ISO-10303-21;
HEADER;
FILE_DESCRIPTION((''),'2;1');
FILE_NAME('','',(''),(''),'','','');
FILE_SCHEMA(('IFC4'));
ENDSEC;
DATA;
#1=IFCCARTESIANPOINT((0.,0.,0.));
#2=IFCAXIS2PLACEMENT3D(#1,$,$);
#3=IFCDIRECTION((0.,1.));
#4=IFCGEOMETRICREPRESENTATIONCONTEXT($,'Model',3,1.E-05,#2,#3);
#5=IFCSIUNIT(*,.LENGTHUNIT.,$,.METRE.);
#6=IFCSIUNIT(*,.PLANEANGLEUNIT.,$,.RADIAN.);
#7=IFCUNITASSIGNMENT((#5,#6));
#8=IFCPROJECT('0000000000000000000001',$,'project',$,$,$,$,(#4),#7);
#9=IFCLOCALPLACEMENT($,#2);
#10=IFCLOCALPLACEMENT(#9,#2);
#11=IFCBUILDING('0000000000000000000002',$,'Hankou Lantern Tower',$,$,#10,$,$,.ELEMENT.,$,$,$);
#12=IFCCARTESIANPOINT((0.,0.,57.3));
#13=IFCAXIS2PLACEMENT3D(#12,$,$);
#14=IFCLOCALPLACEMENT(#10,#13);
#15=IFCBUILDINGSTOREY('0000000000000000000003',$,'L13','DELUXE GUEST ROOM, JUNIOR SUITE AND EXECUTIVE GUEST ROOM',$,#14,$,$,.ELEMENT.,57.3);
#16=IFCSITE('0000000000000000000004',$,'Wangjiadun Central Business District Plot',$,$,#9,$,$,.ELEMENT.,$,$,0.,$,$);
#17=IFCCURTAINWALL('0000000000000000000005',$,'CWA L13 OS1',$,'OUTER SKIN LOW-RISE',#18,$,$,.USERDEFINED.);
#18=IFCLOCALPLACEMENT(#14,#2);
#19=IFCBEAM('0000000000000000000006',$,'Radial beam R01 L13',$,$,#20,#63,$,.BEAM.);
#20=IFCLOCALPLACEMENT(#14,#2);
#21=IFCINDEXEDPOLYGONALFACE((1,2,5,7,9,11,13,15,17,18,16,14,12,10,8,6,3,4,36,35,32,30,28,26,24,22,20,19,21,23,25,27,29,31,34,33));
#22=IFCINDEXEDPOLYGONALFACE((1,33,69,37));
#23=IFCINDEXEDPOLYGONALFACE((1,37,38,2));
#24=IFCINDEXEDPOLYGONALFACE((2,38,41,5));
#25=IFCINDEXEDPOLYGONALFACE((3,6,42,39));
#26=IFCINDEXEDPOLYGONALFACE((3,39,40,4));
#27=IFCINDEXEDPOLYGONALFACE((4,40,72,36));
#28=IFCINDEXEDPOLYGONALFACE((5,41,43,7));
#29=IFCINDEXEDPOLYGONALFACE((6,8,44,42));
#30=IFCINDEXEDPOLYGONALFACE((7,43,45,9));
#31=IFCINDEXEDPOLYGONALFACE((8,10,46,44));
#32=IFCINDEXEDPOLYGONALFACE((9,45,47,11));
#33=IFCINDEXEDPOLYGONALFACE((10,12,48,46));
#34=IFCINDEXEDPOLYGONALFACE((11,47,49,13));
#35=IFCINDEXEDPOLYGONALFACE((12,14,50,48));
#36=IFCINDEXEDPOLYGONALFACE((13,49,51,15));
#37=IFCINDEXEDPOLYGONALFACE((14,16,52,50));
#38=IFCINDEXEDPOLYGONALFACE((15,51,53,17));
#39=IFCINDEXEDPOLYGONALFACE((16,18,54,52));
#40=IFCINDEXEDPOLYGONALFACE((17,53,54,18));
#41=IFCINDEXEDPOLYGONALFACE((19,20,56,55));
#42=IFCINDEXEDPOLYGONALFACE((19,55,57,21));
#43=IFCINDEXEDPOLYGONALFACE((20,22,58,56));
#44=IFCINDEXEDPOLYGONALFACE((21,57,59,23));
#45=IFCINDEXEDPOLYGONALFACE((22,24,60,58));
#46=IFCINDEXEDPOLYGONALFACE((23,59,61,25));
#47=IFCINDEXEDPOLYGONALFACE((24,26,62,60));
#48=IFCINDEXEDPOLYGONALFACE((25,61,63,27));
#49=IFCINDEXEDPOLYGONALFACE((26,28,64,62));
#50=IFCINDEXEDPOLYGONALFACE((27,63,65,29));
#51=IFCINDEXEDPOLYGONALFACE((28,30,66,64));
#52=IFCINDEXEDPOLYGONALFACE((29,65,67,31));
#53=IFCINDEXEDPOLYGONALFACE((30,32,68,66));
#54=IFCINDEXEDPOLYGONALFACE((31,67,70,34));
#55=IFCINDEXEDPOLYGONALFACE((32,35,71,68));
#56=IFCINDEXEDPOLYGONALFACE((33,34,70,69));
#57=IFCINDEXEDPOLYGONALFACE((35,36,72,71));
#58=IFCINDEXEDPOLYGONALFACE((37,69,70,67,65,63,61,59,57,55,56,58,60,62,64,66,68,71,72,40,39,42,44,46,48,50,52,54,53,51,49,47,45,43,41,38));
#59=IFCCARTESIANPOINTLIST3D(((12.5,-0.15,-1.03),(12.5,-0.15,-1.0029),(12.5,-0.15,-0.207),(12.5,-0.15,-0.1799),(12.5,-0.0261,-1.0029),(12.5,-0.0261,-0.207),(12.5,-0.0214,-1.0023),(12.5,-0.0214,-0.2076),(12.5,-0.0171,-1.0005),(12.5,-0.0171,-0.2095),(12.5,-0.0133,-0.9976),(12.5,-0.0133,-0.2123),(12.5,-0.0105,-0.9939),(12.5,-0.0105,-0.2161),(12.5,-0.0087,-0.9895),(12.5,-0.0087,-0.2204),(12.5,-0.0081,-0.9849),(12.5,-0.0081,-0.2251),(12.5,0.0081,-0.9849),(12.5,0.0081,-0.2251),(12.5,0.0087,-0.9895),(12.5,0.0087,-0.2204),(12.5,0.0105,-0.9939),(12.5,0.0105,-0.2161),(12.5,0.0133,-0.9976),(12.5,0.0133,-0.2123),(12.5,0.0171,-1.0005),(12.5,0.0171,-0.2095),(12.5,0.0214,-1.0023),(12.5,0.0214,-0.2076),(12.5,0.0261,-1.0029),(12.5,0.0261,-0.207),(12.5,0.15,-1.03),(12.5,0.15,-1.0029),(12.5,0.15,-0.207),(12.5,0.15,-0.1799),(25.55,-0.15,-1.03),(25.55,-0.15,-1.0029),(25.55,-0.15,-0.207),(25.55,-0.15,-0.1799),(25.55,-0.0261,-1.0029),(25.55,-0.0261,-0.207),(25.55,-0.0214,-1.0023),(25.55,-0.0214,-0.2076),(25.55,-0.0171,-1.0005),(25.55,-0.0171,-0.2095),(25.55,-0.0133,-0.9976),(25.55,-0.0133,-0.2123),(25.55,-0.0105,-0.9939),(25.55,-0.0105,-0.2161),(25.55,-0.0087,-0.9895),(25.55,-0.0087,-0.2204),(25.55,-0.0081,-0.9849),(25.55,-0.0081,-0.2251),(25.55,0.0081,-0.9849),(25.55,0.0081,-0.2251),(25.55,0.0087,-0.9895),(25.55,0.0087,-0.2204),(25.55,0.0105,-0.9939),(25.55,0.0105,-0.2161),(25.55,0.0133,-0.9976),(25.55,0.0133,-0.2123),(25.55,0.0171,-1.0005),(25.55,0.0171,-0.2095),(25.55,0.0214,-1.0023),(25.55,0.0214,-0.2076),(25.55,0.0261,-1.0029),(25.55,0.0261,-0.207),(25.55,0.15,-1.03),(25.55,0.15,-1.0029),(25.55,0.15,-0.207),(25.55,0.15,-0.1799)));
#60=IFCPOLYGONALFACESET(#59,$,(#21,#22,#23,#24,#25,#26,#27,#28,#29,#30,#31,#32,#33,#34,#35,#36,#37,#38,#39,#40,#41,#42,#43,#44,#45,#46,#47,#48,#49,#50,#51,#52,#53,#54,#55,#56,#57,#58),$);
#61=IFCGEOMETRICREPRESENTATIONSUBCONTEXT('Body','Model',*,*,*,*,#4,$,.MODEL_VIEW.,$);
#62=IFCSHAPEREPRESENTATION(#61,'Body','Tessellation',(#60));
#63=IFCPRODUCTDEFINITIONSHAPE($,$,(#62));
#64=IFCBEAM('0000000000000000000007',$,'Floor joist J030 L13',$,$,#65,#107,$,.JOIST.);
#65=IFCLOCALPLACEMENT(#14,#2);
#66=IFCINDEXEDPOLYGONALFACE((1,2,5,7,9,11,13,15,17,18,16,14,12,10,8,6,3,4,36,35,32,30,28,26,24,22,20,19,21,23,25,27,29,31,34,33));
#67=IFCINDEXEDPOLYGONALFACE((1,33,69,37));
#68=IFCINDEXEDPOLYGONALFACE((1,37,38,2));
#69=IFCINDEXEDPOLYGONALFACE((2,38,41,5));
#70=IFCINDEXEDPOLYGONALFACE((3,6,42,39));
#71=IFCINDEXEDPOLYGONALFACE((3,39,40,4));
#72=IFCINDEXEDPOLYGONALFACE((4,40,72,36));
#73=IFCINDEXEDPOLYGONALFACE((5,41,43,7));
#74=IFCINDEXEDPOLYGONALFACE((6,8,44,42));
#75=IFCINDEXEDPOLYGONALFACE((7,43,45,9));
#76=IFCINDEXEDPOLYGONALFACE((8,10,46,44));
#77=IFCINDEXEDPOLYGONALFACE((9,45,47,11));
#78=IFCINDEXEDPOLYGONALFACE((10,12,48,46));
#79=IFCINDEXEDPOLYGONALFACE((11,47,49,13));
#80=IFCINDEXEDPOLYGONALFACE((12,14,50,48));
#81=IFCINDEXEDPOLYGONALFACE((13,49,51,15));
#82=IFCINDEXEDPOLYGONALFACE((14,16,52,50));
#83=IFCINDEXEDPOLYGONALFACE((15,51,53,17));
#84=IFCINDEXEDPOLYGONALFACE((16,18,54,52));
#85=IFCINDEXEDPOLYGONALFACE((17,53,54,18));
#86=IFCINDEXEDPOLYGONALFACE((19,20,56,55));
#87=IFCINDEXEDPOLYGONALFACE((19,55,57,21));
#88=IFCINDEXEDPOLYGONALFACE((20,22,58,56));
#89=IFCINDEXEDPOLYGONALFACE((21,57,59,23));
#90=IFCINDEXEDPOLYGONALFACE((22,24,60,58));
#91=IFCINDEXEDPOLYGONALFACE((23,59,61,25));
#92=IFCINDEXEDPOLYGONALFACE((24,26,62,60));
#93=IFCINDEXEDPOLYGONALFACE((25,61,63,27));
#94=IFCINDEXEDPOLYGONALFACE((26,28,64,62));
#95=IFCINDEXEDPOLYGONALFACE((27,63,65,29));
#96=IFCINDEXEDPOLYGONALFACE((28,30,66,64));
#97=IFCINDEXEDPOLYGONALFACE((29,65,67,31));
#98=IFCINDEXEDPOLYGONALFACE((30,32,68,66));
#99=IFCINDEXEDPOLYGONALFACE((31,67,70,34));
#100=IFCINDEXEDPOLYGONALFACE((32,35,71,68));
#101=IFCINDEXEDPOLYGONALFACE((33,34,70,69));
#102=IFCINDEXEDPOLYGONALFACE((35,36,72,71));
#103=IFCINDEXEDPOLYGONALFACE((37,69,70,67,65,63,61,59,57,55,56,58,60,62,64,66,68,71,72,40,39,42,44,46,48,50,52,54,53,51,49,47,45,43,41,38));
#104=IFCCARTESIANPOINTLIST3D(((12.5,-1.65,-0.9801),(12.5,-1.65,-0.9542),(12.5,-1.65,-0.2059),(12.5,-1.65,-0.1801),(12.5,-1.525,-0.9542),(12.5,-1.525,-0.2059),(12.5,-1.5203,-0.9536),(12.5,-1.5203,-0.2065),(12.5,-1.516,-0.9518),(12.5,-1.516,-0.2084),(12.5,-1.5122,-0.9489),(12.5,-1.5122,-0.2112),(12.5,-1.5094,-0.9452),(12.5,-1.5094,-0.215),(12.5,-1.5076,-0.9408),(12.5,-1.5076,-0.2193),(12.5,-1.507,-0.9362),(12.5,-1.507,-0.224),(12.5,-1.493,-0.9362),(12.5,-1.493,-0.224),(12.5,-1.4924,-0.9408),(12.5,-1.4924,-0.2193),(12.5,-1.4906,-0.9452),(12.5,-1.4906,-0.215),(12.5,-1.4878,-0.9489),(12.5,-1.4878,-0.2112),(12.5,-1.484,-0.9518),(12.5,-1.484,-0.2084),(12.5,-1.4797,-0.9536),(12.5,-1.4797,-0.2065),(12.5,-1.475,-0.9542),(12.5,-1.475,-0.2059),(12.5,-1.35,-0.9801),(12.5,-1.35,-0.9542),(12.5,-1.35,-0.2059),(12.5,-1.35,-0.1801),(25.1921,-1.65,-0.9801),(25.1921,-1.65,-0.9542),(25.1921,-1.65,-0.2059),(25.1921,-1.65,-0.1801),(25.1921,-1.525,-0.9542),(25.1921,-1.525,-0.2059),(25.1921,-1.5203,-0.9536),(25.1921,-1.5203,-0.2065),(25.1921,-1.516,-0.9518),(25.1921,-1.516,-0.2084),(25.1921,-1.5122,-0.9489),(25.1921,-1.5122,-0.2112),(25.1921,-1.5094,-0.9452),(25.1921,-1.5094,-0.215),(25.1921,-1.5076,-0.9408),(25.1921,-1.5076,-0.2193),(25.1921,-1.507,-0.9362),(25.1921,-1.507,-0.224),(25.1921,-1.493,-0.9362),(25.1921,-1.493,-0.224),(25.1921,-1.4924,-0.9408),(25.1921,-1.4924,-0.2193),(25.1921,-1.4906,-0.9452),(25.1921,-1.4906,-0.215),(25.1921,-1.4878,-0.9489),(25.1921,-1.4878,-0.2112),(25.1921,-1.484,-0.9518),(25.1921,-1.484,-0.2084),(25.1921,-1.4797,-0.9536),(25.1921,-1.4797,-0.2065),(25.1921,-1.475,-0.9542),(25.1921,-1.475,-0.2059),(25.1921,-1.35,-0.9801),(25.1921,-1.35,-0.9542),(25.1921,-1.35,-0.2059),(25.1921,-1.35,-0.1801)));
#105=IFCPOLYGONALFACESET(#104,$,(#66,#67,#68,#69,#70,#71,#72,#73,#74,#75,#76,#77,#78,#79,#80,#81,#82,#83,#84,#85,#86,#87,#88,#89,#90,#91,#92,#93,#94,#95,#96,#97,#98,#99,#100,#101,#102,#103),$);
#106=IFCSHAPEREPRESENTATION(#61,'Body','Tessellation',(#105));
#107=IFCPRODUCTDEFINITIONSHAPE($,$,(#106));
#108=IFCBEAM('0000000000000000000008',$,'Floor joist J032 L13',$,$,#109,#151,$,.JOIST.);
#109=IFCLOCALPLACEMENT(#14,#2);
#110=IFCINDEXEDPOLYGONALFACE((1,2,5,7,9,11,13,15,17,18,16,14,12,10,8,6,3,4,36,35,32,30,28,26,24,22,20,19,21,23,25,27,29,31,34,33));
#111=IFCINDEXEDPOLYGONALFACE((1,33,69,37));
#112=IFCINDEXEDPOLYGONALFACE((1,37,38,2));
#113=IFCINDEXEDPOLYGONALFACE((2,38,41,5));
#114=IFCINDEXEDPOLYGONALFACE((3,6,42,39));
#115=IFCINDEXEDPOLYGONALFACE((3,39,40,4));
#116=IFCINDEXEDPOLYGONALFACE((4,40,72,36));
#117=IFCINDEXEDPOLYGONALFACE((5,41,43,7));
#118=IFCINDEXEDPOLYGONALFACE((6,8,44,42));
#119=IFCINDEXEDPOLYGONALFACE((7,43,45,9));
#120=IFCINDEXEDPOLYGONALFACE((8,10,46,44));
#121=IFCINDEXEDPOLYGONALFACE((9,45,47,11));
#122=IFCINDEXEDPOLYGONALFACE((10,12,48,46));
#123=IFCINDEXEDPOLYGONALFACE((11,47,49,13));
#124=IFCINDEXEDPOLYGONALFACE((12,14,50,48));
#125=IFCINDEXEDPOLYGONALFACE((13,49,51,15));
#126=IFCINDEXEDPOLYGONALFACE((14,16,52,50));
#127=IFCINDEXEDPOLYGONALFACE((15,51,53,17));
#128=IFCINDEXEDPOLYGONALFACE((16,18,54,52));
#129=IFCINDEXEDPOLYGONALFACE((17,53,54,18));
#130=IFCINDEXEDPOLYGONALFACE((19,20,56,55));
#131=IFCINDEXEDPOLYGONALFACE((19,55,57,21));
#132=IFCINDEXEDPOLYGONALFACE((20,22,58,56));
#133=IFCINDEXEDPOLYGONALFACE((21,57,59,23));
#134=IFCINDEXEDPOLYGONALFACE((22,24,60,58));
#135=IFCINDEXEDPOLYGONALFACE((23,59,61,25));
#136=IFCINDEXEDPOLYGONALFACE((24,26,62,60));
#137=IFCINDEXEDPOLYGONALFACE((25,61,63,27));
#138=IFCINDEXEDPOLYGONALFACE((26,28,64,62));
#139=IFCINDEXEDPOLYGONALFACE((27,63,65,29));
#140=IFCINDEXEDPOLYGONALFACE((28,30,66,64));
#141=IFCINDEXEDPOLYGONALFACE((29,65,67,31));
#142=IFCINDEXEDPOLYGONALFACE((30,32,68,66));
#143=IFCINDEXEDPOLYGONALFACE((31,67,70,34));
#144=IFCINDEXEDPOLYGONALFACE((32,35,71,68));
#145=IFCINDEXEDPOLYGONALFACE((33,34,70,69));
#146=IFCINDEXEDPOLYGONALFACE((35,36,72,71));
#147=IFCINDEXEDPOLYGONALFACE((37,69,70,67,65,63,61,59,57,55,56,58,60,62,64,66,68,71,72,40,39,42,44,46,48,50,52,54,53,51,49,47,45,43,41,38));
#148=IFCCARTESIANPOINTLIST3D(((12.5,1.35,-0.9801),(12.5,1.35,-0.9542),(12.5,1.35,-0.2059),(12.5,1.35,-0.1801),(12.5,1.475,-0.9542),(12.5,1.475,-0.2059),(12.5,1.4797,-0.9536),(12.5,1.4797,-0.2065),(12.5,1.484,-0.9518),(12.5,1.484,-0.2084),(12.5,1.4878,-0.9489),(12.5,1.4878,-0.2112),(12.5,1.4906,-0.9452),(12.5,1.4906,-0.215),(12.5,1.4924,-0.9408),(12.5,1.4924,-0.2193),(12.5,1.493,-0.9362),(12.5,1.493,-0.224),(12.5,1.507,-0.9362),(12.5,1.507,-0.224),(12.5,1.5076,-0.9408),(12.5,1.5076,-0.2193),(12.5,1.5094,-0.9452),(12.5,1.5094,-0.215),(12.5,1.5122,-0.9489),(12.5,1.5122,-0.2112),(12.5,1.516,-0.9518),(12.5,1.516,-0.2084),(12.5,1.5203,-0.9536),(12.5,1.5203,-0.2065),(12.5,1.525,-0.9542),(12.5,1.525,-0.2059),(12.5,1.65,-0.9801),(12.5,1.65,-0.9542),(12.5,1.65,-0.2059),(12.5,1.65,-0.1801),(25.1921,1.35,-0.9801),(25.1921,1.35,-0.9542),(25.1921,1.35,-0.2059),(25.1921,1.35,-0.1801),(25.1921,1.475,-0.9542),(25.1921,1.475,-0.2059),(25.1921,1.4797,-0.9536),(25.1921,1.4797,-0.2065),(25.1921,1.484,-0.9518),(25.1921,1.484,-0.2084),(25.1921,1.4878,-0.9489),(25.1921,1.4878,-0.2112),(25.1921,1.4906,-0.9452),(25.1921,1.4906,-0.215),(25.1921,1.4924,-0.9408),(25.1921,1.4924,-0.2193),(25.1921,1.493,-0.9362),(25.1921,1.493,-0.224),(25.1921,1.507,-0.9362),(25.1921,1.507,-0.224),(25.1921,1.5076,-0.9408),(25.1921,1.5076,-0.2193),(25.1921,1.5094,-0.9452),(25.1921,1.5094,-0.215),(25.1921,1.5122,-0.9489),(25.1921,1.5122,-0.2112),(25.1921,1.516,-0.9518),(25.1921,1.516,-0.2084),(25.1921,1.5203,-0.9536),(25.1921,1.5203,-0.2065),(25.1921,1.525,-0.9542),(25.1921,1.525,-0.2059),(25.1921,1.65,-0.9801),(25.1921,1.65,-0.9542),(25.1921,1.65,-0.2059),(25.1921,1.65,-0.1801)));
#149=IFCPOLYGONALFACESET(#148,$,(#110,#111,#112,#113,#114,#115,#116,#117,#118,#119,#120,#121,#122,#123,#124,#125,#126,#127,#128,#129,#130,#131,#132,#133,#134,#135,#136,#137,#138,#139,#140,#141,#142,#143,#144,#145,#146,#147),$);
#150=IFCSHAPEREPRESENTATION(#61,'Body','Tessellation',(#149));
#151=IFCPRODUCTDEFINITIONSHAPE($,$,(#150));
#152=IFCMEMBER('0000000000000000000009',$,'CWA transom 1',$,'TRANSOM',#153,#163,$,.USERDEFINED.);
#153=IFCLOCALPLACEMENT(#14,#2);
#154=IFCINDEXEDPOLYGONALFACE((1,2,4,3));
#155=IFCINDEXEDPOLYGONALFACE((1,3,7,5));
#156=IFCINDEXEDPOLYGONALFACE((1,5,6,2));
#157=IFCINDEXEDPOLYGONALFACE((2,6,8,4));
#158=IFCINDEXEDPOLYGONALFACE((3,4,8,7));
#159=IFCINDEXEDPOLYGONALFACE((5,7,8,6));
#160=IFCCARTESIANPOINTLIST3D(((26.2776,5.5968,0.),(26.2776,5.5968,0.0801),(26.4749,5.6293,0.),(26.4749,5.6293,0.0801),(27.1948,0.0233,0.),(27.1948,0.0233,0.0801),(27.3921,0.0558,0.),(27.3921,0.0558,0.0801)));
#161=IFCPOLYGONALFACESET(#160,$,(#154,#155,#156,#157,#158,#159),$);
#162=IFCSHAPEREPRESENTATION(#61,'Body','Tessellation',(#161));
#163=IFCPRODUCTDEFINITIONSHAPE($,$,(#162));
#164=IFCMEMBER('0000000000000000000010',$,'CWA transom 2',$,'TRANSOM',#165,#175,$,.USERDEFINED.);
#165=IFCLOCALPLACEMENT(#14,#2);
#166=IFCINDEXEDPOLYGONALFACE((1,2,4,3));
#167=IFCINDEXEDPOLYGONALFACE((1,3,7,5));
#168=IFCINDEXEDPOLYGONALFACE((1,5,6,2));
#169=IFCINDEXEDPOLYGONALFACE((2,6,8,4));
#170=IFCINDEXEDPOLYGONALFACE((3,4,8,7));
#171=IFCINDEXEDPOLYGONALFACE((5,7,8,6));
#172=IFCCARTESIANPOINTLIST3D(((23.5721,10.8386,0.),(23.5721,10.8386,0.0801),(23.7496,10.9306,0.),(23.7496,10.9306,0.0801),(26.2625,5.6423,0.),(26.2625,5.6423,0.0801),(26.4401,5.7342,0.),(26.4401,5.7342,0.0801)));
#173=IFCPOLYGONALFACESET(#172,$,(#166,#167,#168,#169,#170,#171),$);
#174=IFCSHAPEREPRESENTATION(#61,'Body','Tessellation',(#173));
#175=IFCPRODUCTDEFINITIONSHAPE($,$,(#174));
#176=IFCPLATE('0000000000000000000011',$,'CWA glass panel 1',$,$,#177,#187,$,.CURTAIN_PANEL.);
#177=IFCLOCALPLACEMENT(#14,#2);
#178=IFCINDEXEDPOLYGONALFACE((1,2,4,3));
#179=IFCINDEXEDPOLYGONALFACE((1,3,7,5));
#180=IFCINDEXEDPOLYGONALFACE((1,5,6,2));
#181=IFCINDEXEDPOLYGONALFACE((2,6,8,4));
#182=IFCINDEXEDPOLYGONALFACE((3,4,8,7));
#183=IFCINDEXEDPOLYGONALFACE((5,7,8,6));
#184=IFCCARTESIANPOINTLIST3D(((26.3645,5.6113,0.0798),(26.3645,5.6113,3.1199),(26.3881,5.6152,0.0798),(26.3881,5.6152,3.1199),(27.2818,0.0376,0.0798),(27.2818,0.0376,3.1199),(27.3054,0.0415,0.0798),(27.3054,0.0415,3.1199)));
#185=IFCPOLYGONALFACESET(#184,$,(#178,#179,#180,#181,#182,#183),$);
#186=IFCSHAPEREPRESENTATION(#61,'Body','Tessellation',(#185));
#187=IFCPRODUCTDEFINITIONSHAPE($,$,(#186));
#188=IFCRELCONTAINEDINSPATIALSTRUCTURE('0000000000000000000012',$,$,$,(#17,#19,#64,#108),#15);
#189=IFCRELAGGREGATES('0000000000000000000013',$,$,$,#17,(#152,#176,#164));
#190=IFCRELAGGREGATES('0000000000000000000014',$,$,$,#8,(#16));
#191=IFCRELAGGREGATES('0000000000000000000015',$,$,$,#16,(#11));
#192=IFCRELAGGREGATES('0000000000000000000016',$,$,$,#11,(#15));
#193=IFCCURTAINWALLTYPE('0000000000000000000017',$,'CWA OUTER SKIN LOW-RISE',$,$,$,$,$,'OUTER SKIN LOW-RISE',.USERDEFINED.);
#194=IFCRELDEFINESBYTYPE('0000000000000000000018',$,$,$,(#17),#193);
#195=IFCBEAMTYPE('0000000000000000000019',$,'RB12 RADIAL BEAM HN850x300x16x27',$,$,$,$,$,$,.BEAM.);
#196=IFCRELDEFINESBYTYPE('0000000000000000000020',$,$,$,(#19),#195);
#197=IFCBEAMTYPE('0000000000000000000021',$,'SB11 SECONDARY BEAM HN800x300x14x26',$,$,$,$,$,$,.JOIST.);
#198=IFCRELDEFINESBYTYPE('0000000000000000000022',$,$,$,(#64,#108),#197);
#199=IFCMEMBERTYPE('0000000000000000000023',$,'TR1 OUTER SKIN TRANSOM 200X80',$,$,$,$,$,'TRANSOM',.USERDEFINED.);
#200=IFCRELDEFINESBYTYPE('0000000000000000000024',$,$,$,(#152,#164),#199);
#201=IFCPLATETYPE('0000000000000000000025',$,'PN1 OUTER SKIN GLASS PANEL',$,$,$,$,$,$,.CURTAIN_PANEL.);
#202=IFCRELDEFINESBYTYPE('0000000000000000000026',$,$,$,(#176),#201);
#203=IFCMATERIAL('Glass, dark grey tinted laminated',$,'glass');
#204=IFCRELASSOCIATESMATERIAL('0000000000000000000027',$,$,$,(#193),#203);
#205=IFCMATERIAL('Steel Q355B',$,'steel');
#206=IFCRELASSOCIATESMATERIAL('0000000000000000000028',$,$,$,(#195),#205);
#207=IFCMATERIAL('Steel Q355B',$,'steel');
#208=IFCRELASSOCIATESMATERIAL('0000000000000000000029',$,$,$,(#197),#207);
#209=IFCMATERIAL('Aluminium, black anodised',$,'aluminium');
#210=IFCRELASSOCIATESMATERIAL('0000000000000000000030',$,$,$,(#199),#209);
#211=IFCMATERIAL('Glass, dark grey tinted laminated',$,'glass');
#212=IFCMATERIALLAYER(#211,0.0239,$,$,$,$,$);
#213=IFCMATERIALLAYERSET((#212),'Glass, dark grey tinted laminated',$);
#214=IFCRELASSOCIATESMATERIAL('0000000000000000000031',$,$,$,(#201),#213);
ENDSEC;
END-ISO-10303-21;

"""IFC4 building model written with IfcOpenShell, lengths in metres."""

from ifc_helpers import new_model, si_unit, direction, frame, origin, origin_2d, place, context, subcontext, project, spatial, rectangle, i_section, extrude, material, layer, layer_set, material_profile, profile_set, type_object, element, aggregate, save


model = new_model("IFC4")

# Units and contexts
model_context = context("Model", 3, precision=1e-05, world=origin(), true_north=direction((0.0, 1.0)))
body_context = subcontext(model_context, "Body", "Model", "MODEL_VIEW")
ifc_project = project(units=[si_unit("LENGTHUNIT", "METRE"), si_unit("PLANEANGLEUNIT", "RADIAN")], contexts=[model_context])

# Site, building, storey
site_placement = place(None, origin())
site = spatial("IfcSite", under=ifc_project, at=site_placement, Name="Wangjiadun Central Business District Plot", CompositionType="ELEMENT", RefElevation=0.0)
building_placement = place(site_placement, origin())
building = spatial("IfcBuilding", under=site, at=building_placement, Name="Hankou Lantern Tower", CompositionType="ELEMENT")
storey_placement = place(building_placement, frame((0.0, 0.0, 57.3)))
storey = spatial("IfcBuildingStorey", under=building, at=storey_placement, Name="L13", Description="DELUXE GUEST ROOM, JUNIOR SUITE AND EXECUTIVE GUEST ROOM", CompositionType="ELEMENT", Elevation=57.3)

# Curtain wall
ifc_material_1 = material(Name="Glass, dark grey tinted laminated", Category="glass")
curtain_wall_type = type_object("IfcCurtainWallType", Name="CWA OUTER SKIN LOW-RISE", ElementType="OUTER SKIN LOW-RISE", PredefinedType="USERDEFINED", material=ifc_material_1)
curtain_wall_1_placement = place(storey_placement, origin())
curtain_wall_1 = element("IfcCurtainWall", 1, at=curtain_wall_1_placement, inside=storey, type_object=curtain_wall_type, Name="CWA L13 OS1", ObjectType="OUTER SKIN LOW-RISE", PredefinedType="USERDEFINED")

# Beams
ifc_material_2 = material(Name="Steel Q355B", Category="steel")
ifc_material_profile_1 = material_profile(ifc_material_2, i_section(OverallWidth=0.3, OverallDepth=0.8501, WebThickness=0.0161, FlangeThickness=0.0271, FilletRadius=0.0181, at=origin_2d()), Name="HN850x300x16x27")
ifc_profile_set_1 = profile_set([ifc_material_profile_1], Name="Steel Q355B")
beam_type_1 = type_object("IfcBeamType", Name="RB12 RADIAL BEAM HN850x300x16x27", PredefinedType="BEAM", material=ifc_profile_set_1)
beam_1_placement = place(storey_placement, frame((12.5, 0.0, -0.605), z_axis=(1.0, 0.0, 0.0), x_axis=(0.0, 1.0, 0.0)))
element("IfcBeam", 2, at=beam_1_placement, inside=storey, type_object=beam_type_1, Name="Radial beam R01 L13", PredefinedType="BEAM", context=body_context, shape_type="SweptSolid", body=[
    extrude(i_section(OverallWidth=0.3, OverallDepth=0.8501, WebThickness=0.0161, FlangeThickness=0.0271, FilletRadius=0.0181, at=origin_2d()), origin(), (0.0, 0.0, 1.0), 13.05),
])
ifc_material_3 = material(Name="Steel Q355B", Category="steel")
ifc_material_profile_2 = material_profile(ifc_material_3, i_section(OverallWidth=0.3, OverallDepth=0.8, WebThickness=0.0139, FlangeThickness=0.0259, FilletRadius=0.0181, at=origin_2d()), Name="HN800x300x14x26")
ifc_profile_set_2 = profile_set([ifc_material_profile_2], Name="Steel Q355B")
beam_type_2 = type_object("IfcBeamType", Name="SB11 SECONDARY BEAM HN800x300x14x26", PredefinedType="JOIST", material=ifc_profile_set_2)
for number, where, z_axis, x_axis, name in (
    (3, (12.5, -1.5, -0.5801), (1.0, 0.0, 0.0), (0.0, 1.0, 0.0), "Floor joist J030 L13"),
    (4, (12.5, 1.5, -0.5801), (1.0, 0.0, 0.0), (0.0, 1.0, 0.0), "Floor joist J032 L13"),
):
    element("IfcBeam", number, at=place(storey_placement, frame(where, z_axis=z_axis, x_axis=x_axis)), inside=storey, type_object=beam_type_2, Name=name, PredefinedType="JOIST", context=body_context, shape_type="SweptSolid", body=[
        extrude(i_section(OverallWidth=0.3, OverallDepth=0.8, WebThickness=0.0139, FlangeThickness=0.0259, FilletRadius=0.0181, at=origin_2d()), origin(), (0.0, 0.0, 1.0), 12.6921),
    ])

# Members
ifc_material_4 = material(Name="Aluminium, black anodised", Category="aluminium")
ifc_material_profile_3 = material_profile(ifc_material_4, rectangle(XDim=0.2, YDim=0.0801, at=origin_2d()), Name="TR1 200X80")
ifc_profile_set_3 = profile_set([ifc_material_profile_3], Name="Aluminium, black anodised")
member_type_1 = type_object("IfcMemberType", Name="TR1 OUTER SKIN TRANSOM 200X80", ElementType="TRANSOM", PredefinedType="USERDEFINED", material=ifc_profile_set_3)
member_1_placement = place(storey_placement, frame((27.2935, 0.0396, 0.04), z_axis=(-0.162387, 0.986727, 0.0), x_axis=(-0.986727, -0.162387, 0.0)))
member_1 = element("IfcMember", 5, at=member_1_placement, type_object=member_type_1, Name="CWA transom 1", ObjectType="TRANSOM", PredefinedType="USERDEFINED", context=body_context, shape_type="SweptSolid", body=[
    extrude(rectangle(XDim=0.2, YDim=0.0801, at=origin_2d()), origin(), (0.0, 0.0, 1.0), 5.6484),
])
member_2_placement = place(storey_placement, frame((26.3513, 5.6882, 0.04), z_axis=(-0.459786, 0.88803, 0.0), x_axis=(-0.88803, -0.459786, 0.0)))
member_2 = element("IfcMember", 6, at=member_2_placement, type_object=member_type_1, Name="CWA transom 2", ObjectType="TRANSOM", PredefinedType="USERDEFINED", context=body_context, shape_type="SweptSolid", body=[
    extrude(rectangle(XDim=0.2, YDim=0.0801, at=origin_2d()), origin(), (0.0, 0.0, 1.0), 5.8516),
])

# Plate
ifc_material_5 = material(Name="Glass, dark grey tinted laminated", Category="glass")
ifc_layer_1 = layer(ifc_material_5, 0.0239)
ifc_layer_set_1 = layer_set([ifc_layer_1], Name="Glass, dark grey tinted laminated")
plate_type = type_object("IfcPlateType", Name="PN1 OUTER SKIN GLASS PANEL", PredefinedType="CURTAIN_PANEL", material=ifc_layer_set_1)
plate_1_placement = place(storey_placement, frame((26.835, 2.8264, 0.0798), z_axis=(0.0, 0.0, 1.0), x_axis=(-0.162382, 0.986728, 0.0)))
plate_1 = element("IfcPlate", 7, at=plate_1_placement, type_object=plate_type, Name="CWA glass panel 1", PredefinedType="CURTAIN_PANEL", context=body_context, shape_type="SweptSolid", body=[
    extrude(rectangle(XDim=5.6487, YDim=0.0239, at=origin_2d()), origin(), (0.0, 0.0, 1.0), 3.04),
])
aggregate(curtain_wall_1, [member_1, plate_1, member_2])

save(model, "model.ifc")
